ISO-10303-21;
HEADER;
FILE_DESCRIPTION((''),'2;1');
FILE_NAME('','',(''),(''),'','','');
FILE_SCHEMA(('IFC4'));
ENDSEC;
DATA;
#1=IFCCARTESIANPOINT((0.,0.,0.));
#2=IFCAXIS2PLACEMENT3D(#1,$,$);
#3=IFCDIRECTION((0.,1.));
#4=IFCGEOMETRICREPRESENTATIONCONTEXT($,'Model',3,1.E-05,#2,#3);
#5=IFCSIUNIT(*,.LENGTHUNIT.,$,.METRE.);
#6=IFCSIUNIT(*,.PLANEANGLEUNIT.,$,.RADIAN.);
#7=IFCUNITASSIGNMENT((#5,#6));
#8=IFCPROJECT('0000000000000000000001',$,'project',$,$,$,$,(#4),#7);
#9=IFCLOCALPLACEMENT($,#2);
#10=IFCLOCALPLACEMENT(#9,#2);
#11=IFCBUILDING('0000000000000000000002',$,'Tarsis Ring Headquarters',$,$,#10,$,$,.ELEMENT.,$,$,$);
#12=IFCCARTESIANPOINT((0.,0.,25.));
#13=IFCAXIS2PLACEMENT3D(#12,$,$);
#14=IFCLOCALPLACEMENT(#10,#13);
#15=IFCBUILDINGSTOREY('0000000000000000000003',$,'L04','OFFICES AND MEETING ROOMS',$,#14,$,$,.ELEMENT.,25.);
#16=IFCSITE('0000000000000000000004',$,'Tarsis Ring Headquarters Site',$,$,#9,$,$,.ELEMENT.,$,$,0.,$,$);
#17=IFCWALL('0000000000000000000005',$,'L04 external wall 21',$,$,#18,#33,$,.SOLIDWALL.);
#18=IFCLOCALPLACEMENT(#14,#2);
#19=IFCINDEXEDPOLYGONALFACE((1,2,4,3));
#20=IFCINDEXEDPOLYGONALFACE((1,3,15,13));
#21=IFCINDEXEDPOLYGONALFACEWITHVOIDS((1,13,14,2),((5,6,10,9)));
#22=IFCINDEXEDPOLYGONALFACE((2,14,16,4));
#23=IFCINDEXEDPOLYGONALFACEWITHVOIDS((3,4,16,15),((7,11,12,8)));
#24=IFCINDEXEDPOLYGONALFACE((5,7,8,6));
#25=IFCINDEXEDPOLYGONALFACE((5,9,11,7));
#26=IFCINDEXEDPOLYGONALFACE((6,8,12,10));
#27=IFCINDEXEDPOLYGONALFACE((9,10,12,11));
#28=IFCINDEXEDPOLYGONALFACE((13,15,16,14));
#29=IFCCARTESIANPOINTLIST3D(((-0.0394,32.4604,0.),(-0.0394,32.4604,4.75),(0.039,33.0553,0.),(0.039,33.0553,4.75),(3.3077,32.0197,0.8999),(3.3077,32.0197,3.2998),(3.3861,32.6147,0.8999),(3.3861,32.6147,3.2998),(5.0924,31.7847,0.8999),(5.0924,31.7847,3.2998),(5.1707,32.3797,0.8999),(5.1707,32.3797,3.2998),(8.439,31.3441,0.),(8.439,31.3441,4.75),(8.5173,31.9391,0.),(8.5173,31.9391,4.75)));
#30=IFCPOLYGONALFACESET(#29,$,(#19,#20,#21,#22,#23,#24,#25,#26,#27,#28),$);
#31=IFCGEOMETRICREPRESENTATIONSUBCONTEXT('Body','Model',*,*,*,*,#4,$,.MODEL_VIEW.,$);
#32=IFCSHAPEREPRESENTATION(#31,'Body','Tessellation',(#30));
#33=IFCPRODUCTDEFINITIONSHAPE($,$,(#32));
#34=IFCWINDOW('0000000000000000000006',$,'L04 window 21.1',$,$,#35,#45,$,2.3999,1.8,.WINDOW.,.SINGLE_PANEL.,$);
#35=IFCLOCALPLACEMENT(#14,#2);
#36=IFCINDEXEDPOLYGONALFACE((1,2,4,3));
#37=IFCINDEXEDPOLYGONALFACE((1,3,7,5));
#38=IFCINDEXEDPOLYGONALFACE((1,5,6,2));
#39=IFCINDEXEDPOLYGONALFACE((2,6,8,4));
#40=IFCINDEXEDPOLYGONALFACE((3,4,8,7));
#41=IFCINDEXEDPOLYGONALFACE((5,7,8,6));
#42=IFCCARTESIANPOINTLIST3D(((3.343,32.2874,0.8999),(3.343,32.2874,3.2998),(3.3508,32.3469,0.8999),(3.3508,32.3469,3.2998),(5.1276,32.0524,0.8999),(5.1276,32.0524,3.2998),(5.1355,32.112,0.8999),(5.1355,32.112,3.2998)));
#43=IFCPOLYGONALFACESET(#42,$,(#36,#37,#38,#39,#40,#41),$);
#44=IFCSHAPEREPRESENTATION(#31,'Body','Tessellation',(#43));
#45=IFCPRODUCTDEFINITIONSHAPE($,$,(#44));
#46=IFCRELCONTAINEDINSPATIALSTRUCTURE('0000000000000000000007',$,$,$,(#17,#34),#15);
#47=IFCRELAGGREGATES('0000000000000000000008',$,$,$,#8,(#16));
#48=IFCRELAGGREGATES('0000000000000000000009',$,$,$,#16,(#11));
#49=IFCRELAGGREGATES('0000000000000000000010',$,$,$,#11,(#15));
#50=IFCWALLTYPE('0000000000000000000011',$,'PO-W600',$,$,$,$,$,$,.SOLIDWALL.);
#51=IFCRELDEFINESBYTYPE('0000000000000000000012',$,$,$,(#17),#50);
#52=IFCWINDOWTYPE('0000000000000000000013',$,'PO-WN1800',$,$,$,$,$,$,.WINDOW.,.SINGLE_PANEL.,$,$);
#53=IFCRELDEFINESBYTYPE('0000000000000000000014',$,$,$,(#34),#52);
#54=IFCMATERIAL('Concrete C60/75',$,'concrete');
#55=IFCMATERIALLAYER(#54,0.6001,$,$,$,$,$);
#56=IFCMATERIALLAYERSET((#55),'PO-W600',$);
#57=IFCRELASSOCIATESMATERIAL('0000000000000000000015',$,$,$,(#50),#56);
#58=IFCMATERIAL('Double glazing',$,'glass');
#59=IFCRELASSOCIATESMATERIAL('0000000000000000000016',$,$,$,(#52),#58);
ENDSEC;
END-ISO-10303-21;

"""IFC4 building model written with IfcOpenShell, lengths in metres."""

from ifc_helpers import new_model, si_unit, direction, frame, frame_2d, origin, place, context, subcontext, project, spatial, rectangle, extrude, material, layer, layer_set, type_object, element, fill, save


model = new_model("IFC4")

# Units and contexts
model_context = context("Model", 3, precision=1e-05, world=origin(), true_north=direction((0.0, 1.0)))
body_context = subcontext(model_context, "Body", "Model", "MODEL_VIEW")
ifc_project = project(units=[si_unit("LENGTHUNIT", "METRE"), si_unit("PLANEANGLEUNIT", "RADIAN")], contexts=[model_context])

# Site, building, storey
site_placement = place(None, origin())
site = spatial("IfcSite", under=ifc_project, at=site_placement, Name="Tarsis Ring Headquarters Site", CompositionType="ELEMENT", RefElevation=0.0)
building_placement = place(site_placement, origin())
building = spatial("IfcBuilding", under=site, at=building_placement, Name="Tarsis Ring Headquarters", CompositionType="ELEMENT")
storey_placement = place(building_placement, frame((0.0, 0.0, 25.0)))
storey = spatial("IfcBuildingStorey", under=building, at=storey_placement, Name="L04", Description="OFFICES AND MEETING ROOMS", CompositionType="ELEMENT", Elevation=25.0)

# Wall, opening, window
ifc_material_1 = material(Name="Concrete C60/75", Category="concrete")
ifc_layer_1 = layer(ifc_material_1, 0.6001)
ifc_layer_set_1 = layer_set([ifc_layer_1], Name="PO-W600")
wall_type_1 = type_object("IfcWallType", Name="PO-W600", PredefinedType="SOLIDWALL", material=ifc_layer_set_1)
ifc_material_2 = material(Name="Double glazing", Category="glass")
window_type = type_object("IfcWindowType", Name="PO-WN1800", PartitioningType="SINGLE_PANEL", PredefinedType="WINDOW", material=ifc_material_2)
wall_1_placement = place(storey_placement, frame((8.4783, 31.6416, 0.0), z_axis=(0.0, 0.0, 1.0), x_axis=(-0.991444, 0.130529, 0.0)))
wall_1 = element("IfcWall", 1, at=wall_1_placement, inside=storey, type_object=wall_type_1, Name="L04 external wall 21", PredefinedType="SOLIDWALL", context=body_context, shape_type="SweptSolid", body=[
    extrude(rectangle(XDim=8.5515, YDim=0.6001, at=frame_2d((4.2759, 0.0))), origin(), (0.0, 0.0, 1.0), 4.75),
])
opening_1_placement = place(wall_1_placement, frame((3.3757, 0.0, 0.8999)))
opening_1 = element("IfcOpeningElement", 2, at=opening_1_placement, cuts=wall_1, PredefinedType="OPENING", context=body_context, shape_type="SweptSolid", body=[
    extrude(rectangle(XDim=1.8, YDim=2.3999, at=frame_2d((0.8999, 1.2))), frame((0.0, 0.3101, 0.0), z_axis=(0.0, -1.0, 0.0), x_axis=(1.0, 0.0, 0.0)), (0.0, 0.0, 1.0), 0.6201),
])
window_1_placement = place(opening_1_placement, origin())
window_1 = element("IfcWindow", 3, at=window_1_placement, inside=storey, type_object=window_type, Name="L04 window 21.1", OverallHeight=2.3999, OverallWidth=1.8, PartitioningType="SINGLE_PANEL", PredefinedType="WINDOW", context=body_context, shape_type="SweptSolid", body=[
    extrude(rectangle(XDim=1.8, YDim=2.3999, at=frame_2d((0.8999, 1.2))), frame((0.0, 0.03, 0.0), z_axis=(0.0, -1.0, 0.0), x_axis=(1.0, 0.0, 0.0)), (0.0, 0.0, 1.0), 0.0601),
])
fill(opening_1, window_1)

save(model, "model.ifc")
